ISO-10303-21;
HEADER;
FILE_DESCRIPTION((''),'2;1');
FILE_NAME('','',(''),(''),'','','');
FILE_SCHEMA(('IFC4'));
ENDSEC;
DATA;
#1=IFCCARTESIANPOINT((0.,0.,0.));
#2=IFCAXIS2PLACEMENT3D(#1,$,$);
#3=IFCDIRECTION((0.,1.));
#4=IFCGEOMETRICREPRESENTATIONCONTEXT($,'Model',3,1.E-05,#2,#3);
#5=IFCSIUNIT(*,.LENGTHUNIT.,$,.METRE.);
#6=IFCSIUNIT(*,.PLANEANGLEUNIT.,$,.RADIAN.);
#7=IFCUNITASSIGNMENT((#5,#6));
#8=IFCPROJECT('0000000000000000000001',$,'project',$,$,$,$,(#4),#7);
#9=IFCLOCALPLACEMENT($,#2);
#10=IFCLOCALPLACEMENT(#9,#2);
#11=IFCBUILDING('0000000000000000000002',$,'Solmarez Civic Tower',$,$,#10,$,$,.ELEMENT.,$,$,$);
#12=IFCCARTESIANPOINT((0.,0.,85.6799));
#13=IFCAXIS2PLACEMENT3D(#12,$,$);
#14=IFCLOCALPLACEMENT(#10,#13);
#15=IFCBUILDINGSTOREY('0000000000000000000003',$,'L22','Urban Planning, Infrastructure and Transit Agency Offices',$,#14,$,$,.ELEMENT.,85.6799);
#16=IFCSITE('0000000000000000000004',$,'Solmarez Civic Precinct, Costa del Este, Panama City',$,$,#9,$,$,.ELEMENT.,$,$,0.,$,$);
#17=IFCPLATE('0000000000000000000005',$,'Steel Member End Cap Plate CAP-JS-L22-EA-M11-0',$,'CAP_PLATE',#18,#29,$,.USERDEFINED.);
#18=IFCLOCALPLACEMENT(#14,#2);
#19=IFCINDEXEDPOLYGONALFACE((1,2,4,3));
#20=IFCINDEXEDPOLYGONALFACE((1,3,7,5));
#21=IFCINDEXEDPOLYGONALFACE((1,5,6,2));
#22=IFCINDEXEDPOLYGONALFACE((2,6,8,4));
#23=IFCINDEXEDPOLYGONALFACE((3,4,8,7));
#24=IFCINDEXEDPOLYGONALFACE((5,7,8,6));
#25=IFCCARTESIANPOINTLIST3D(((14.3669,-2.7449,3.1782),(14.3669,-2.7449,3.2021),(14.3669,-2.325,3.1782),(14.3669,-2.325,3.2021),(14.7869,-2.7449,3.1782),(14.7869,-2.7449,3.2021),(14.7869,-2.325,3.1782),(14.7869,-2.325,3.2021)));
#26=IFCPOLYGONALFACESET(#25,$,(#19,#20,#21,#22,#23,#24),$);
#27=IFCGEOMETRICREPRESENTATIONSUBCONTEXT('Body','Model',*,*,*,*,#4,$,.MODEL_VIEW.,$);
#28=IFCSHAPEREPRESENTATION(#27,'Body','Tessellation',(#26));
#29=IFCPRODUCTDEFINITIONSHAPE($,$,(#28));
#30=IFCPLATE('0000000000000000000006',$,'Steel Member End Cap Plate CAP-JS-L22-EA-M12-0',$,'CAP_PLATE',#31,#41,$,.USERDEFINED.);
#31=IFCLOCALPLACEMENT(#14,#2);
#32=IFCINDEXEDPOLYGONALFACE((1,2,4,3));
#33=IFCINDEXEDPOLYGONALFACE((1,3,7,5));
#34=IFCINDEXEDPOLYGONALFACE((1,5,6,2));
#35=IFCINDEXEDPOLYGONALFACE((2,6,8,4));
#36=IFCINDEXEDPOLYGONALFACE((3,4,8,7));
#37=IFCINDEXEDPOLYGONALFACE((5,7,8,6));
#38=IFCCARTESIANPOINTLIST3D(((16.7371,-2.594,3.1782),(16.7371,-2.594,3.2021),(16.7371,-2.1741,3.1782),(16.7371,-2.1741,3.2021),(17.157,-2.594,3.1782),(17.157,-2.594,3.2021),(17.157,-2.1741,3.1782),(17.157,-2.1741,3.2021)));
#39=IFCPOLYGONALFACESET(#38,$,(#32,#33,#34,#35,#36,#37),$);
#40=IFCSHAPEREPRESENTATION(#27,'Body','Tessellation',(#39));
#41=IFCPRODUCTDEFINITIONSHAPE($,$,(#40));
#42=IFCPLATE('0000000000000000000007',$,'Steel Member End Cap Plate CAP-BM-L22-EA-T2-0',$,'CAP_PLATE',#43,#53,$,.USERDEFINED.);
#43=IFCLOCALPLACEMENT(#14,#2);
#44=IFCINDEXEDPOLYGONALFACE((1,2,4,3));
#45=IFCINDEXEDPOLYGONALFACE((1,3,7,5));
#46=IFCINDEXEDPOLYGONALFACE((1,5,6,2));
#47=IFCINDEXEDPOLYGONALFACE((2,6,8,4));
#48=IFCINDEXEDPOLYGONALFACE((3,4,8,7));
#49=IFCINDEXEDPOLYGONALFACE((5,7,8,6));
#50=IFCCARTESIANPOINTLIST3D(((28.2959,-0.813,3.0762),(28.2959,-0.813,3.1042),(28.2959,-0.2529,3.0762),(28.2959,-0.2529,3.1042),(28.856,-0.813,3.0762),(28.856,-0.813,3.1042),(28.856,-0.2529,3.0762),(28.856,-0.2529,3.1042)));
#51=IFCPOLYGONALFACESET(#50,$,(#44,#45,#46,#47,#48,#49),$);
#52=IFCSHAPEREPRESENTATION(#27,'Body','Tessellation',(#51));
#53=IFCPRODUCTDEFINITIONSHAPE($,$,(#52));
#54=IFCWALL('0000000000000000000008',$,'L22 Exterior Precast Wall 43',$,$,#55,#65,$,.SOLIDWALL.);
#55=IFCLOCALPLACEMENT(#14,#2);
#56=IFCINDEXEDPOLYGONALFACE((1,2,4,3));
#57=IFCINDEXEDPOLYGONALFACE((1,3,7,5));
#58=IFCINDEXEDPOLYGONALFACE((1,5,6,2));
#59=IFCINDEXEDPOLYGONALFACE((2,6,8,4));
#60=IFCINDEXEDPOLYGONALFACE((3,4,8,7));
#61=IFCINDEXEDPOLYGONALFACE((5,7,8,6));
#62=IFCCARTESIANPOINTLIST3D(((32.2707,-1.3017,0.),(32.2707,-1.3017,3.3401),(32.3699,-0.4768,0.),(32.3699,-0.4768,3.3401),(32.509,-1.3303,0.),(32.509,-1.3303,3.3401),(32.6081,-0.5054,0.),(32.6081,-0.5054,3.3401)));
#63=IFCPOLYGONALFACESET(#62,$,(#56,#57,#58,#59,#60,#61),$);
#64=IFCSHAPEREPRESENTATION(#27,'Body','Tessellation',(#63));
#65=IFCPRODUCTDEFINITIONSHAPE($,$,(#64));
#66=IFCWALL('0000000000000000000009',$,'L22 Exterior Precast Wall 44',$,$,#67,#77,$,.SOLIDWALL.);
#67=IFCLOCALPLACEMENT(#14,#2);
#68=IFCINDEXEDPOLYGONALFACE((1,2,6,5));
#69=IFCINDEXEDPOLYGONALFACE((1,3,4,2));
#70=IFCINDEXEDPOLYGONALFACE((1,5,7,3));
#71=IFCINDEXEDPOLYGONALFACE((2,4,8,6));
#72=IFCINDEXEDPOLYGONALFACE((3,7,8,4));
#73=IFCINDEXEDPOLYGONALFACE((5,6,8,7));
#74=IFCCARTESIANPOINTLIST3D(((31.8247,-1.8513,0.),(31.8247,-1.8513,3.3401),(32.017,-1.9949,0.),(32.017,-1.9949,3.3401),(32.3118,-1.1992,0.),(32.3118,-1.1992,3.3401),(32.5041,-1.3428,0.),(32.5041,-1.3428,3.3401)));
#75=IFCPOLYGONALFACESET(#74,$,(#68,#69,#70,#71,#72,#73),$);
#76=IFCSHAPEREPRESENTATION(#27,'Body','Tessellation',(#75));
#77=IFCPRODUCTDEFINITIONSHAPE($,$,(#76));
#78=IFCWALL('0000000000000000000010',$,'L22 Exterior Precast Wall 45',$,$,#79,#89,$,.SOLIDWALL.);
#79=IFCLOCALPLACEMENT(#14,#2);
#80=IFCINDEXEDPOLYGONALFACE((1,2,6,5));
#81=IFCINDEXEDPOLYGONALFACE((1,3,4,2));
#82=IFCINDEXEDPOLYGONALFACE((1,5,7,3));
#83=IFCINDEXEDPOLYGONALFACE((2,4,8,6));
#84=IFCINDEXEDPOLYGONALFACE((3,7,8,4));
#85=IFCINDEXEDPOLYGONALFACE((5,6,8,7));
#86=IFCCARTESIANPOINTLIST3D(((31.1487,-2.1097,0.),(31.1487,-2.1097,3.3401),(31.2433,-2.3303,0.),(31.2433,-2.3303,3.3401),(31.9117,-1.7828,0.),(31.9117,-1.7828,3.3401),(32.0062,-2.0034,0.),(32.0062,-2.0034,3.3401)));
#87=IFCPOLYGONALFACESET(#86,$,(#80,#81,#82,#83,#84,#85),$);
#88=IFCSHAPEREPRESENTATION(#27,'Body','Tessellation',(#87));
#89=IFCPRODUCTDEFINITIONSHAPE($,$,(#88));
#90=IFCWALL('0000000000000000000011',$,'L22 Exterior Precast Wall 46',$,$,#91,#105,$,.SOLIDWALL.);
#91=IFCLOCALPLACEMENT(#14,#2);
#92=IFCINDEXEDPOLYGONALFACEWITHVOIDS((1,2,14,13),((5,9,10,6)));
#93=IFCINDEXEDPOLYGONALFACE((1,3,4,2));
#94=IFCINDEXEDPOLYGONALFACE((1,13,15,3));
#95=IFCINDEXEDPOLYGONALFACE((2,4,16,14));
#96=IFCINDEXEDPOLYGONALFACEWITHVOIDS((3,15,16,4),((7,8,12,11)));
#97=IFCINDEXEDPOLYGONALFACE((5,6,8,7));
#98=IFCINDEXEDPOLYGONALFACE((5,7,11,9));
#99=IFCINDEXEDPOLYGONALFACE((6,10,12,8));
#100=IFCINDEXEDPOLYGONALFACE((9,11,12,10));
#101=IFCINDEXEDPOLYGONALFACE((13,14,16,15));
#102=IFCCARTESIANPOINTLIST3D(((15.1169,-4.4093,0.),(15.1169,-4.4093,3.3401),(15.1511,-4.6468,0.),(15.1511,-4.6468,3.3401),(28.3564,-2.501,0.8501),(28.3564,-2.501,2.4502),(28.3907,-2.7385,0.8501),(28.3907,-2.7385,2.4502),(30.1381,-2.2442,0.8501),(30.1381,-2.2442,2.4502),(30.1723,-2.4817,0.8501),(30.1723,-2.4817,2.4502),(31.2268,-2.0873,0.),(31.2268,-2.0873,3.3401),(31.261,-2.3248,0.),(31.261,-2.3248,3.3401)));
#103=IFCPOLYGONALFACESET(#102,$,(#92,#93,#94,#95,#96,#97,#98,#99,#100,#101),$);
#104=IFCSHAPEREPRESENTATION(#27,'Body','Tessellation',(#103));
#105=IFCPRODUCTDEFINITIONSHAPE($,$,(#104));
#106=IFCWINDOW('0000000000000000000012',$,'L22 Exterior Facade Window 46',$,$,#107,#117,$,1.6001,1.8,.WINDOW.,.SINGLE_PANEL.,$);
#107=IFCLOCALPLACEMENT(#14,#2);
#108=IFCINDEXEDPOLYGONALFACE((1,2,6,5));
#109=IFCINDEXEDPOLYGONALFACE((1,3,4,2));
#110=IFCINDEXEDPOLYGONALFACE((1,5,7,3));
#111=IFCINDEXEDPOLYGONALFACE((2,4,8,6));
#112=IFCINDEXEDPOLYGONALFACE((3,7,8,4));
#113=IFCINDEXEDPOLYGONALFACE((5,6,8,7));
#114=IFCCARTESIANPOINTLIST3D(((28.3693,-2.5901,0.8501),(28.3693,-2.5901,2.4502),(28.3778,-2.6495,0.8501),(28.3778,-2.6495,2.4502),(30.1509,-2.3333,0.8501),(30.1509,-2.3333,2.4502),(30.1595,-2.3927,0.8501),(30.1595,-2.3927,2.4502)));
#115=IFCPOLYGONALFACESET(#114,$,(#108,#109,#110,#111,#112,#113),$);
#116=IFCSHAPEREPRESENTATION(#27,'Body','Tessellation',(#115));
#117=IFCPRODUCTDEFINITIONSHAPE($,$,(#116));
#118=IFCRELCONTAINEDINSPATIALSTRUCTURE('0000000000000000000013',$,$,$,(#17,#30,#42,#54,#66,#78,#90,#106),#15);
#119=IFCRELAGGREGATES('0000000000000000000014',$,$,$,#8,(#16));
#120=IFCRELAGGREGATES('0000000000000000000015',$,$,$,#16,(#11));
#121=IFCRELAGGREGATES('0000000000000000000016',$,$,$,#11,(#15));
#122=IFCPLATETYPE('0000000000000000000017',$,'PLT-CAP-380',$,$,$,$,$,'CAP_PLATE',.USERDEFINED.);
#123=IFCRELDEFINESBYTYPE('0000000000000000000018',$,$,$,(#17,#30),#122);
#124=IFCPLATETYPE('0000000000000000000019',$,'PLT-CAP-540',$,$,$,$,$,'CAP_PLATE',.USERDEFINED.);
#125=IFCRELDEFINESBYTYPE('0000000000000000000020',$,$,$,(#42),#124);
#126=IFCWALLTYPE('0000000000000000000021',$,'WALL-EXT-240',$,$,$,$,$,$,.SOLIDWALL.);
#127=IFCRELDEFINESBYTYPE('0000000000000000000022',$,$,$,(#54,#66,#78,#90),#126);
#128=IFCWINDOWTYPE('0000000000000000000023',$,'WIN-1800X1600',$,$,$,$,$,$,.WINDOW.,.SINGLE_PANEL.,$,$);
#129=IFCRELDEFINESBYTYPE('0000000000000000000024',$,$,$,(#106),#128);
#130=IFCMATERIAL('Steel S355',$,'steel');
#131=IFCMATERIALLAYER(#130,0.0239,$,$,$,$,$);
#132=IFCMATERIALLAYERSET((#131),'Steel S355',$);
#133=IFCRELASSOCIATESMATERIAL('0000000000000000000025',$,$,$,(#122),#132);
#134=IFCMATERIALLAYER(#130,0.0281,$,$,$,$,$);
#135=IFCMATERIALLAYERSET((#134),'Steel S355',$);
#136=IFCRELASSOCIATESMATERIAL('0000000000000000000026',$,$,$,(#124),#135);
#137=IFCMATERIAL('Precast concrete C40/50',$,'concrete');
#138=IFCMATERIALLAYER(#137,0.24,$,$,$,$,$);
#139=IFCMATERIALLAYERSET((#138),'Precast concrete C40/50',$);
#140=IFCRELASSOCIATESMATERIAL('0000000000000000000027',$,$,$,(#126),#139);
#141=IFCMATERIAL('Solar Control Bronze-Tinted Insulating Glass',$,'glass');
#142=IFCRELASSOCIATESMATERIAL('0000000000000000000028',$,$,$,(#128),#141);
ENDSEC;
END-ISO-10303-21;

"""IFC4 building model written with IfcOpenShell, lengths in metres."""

from ifc_helpers import new_model, si_unit, direction, frame, frame_2d, origin, origin_2d, place, context, subcontext, project, spatial, rectangle, extrude, material, layer, layer_set, type_object, element, fill, save


model = new_model("IFC4")

# Units and contexts
model_context = context("Model", 3, precision=1e-05, world=origin(), true_north=direction((0.0, 1.0)))
body_context = subcontext(model_context, "Body", "Model", "MODEL_VIEW")
ifc_project = project(units=[si_unit("LENGTHUNIT", "METRE"), si_unit("PLANEANGLEUNIT", "RADIAN")], contexts=[model_context])

# Site, building, storey
site_placement = place(None, origin())
site = spatial("IfcSite", under=ifc_project, at=site_placement, Name="Solmarez Civic Precinct, Costa del Este, Panama City", CompositionType="ELEMENT", RefElevation=0.0)
building_placement = place(site_placement, origin())
building = spatial("IfcBuilding", under=site, at=building_placement, Name="Solmarez Civic Tower", CompositionType="ELEMENT")
storey_placement = place(building_placement, frame((0.0, 0.0, 85.6799)))
storey = spatial("IfcBuildingStorey", under=building, at=storey_placement, Name="L22", Description="Urban Planning, Infrastructure and Transit Agency Offices", CompositionType="ELEMENT", Elevation=85.6799)

# Shared definitions
ifc_material_1 = material(Name="Steel S355", Category="steel")

# Plates
ifc_layer_1 = layer(ifc_material_1, 0.0239)
ifc_layer_set_1 = layer_set([ifc_layer_1], Name="Steel S355")
plate_type_1 = type_object("IfcPlateType", Name="PLT-CAP-380", ElementType="CAP_PLATE", PredefinedType="USERDEFINED", material=ifc_layer_set_1)
for number, where, z_axis, x_axis, name in (
    (1, (14.5769, -2.5349, 3.1782), (0.0, 0.0, 1.0), (1.0, 0.0, 0.0), "Steel Member End Cap Plate CAP-JS-L22-EA-M11-0"),
    (2, (16.947, -2.384, 3.1782), (0.0, 0.0, 1.0), (1.0, 0.0, 0.0), "Steel Member End Cap Plate CAP-JS-L22-EA-M12-0"),
):
    element("IfcPlate", number, at=place(storey_placement, frame(where, z_axis=z_axis, x_axis=x_axis)), inside=storey, type_object=plate_type_1, Name=name, ObjectType="CAP_PLATE", PredefinedType="USERDEFINED", context=body_context, shape_type="SweptSolid", body=[
        extrude(rectangle(XDim=0.4199, YDim=0.4199, at=origin_2d()), origin(), (0.0, 0.0, 1.0), 0.0239),
    ])
ifc_layer_2 = layer(ifc_material_1, 0.0281)
ifc_layer_set_2 = layer_set([ifc_layer_2], Name="Steel S355")
plate_type_2 = type_object("IfcPlateType", Name="PLT-CAP-540", ElementType="CAP_PLATE", PredefinedType="USERDEFINED", material=ifc_layer_set_2)
plate_placement = place(storey_placement, frame((28.5759, -0.533, 3.0762), z_axis=(0.0, 0.0, 1.0), x_axis=(1.0, 0.0, 0.0)))
element("IfcPlate", 3, at=plate_placement, inside=storey, type_object=plate_type_2, Name="Steel Member End Cap Plate CAP-BM-L22-EA-T2-0", ObjectType="CAP_PLATE", PredefinedType="USERDEFINED", context=body_context, shape_type="SweptSolid", body=[
    extrude(rectangle(XDim=0.5601, YDim=0.5601, at=origin_2d()), origin(), (0.0, 0.0, 1.0), 0.0281),
])

# Walls
ifc_material_2 = material(Name="Precast concrete C40/50", Category="concrete")
ifc_layer_3 = layer(ifc_material_2, 0.24)
ifc_layer_set_3 = layer_set([ifc_layer_3], Name="Precast concrete C40/50")
wall_type = type_object("IfcWallType", Name="WALL-EXT-240", PredefinedType="SOLIDWALL", material=ifc_layer_set_3)
wall_1_placement = place(storey_placement, frame((32.489, -0.491, 0.0), z_axis=(0.0, 0.0, 1.0), x_axis=(-0.119296, -0.992859, 0.0)))
element("IfcWall", 4, at=wall_1_placement, inside=storey, type_object=wall_type, Name="L22 Exterior Precast Wall 43", PredefinedType="SOLIDWALL", context=body_context, shape_type="SweptSolid", body=[
    extrude(rectangle(XDim=0.8308, YDim=0.24, at=frame_2d((0.4155, 0.0))), origin(), (0.0, 0.0, 1.0), 3.3401),
])
wall_2_placement = place(storey_placement, frame((32.408, -1.271, 0.0), z_axis=(0.0, 0.0, 1.0), x_axis=(-0.598415, -0.801186, 0.0)))
element("IfcWall", 5, at=wall_2_placement, inside=storey, type_object=wall_type, Name="L22 Exterior Precast Wall 44", PredefinedType="SOLIDWALL", context=body_context, shape_type="SweptSolid", body=[
    extrude(rectangle(XDim=0.814, YDim=0.24, at=frame_2d((0.407, 0.0))), origin(), (0.0, 0.0, 1.0), 3.3401),
])
wall_3_placement = place(storey_placement, frame((31.959, -1.8931, 0.0), z_axis=(0.0, 0.0, 1.0), x_axis=(-0.919175, -0.393848, 0.0)))
element("IfcWall", 6, at=wall_3_placement, inside=storey, type_object=wall_type, Name="L22 Exterior Precast Wall 45", PredefinedType="SOLIDWALL", context=body_context, shape_type="SweptSolid", body=[
    extrude(rectangle(XDim=0.8301, YDim=0.24, at=frame_2d((0.415, 0.0))), origin(), (0.0, 0.0, 1.0), 3.3401),
])

# Wall, opening, window
wall_4_placement = place(storey_placement, frame((31.2439, -2.2061, 0.0), z_axis=(0.0, 0.0, 1.0), x_axis=(-0.989771, -0.142662, 0.0)))
wall_4 = element("IfcWall", 7, at=wall_4_placement, inside=storey, type_object=wall_type, Name="L22 Exterior Precast Wall 46", PredefinedType="SOLIDWALL", context=body_context, shape_type="SweptSolid", body=[
    extrude(rectangle(XDim=16.2764, YDim=0.24, at=frame_2d((8.1382, 0.0))), origin(), (0.0, 0.0, 1.0), 3.3401),
])
opening_placement = place(wall_4_placement, frame((1.1001, 0.0, 0.8501)))
opening = element("IfcOpeningElement", 8, at=opening_placement, cuts=wall_4, PredefinedType="OPENING", context=body_context, shape_type="SweptSolid", body=[
    extrude(rectangle(XDim=1.8, YDim=1.6001, at=frame_2d((0.8999, 0.8))), frame((0.0, 0.1299, 0.0), z_axis=(0.0, -1.0, 0.0), x_axis=(1.0, 0.0, 0.0)), (0.0, 0.0, 1.0), 0.26),
])
ifc_material_3 = material(Name="Solar Control Bronze-Tinted Insulating Glass", Category="glass")
window_type = type_object("IfcWindowType", Name="WIN-1800X1600", PartitioningType="SINGLE_PANEL", PredefinedType="WINDOW", material=ifc_material_3)
window_placement = place(opening_placement, origin())
window = element("IfcWindow", 9, at=window_placement, inside=storey, type_object=window_type, Name="L22 Exterior Facade Window 46", OverallHeight=1.6001, OverallWidth=1.8, PartitioningType="SINGLE_PANEL", PredefinedType="WINDOW", context=body_context, shape_type="SweptSolid", body=[
    extrude(rectangle(XDim=1.8, YDim=1.6001, at=frame_2d((0.8999, 0.8))), frame((0.0, 0.03, 0.0), z_axis=(0.0, -1.0, 0.0), x_axis=(1.0, 0.0, 0.0)), (0.0, 0.0, 1.0), 0.0601),
])
fill(opening, window)

save(model, "model.ifc")
